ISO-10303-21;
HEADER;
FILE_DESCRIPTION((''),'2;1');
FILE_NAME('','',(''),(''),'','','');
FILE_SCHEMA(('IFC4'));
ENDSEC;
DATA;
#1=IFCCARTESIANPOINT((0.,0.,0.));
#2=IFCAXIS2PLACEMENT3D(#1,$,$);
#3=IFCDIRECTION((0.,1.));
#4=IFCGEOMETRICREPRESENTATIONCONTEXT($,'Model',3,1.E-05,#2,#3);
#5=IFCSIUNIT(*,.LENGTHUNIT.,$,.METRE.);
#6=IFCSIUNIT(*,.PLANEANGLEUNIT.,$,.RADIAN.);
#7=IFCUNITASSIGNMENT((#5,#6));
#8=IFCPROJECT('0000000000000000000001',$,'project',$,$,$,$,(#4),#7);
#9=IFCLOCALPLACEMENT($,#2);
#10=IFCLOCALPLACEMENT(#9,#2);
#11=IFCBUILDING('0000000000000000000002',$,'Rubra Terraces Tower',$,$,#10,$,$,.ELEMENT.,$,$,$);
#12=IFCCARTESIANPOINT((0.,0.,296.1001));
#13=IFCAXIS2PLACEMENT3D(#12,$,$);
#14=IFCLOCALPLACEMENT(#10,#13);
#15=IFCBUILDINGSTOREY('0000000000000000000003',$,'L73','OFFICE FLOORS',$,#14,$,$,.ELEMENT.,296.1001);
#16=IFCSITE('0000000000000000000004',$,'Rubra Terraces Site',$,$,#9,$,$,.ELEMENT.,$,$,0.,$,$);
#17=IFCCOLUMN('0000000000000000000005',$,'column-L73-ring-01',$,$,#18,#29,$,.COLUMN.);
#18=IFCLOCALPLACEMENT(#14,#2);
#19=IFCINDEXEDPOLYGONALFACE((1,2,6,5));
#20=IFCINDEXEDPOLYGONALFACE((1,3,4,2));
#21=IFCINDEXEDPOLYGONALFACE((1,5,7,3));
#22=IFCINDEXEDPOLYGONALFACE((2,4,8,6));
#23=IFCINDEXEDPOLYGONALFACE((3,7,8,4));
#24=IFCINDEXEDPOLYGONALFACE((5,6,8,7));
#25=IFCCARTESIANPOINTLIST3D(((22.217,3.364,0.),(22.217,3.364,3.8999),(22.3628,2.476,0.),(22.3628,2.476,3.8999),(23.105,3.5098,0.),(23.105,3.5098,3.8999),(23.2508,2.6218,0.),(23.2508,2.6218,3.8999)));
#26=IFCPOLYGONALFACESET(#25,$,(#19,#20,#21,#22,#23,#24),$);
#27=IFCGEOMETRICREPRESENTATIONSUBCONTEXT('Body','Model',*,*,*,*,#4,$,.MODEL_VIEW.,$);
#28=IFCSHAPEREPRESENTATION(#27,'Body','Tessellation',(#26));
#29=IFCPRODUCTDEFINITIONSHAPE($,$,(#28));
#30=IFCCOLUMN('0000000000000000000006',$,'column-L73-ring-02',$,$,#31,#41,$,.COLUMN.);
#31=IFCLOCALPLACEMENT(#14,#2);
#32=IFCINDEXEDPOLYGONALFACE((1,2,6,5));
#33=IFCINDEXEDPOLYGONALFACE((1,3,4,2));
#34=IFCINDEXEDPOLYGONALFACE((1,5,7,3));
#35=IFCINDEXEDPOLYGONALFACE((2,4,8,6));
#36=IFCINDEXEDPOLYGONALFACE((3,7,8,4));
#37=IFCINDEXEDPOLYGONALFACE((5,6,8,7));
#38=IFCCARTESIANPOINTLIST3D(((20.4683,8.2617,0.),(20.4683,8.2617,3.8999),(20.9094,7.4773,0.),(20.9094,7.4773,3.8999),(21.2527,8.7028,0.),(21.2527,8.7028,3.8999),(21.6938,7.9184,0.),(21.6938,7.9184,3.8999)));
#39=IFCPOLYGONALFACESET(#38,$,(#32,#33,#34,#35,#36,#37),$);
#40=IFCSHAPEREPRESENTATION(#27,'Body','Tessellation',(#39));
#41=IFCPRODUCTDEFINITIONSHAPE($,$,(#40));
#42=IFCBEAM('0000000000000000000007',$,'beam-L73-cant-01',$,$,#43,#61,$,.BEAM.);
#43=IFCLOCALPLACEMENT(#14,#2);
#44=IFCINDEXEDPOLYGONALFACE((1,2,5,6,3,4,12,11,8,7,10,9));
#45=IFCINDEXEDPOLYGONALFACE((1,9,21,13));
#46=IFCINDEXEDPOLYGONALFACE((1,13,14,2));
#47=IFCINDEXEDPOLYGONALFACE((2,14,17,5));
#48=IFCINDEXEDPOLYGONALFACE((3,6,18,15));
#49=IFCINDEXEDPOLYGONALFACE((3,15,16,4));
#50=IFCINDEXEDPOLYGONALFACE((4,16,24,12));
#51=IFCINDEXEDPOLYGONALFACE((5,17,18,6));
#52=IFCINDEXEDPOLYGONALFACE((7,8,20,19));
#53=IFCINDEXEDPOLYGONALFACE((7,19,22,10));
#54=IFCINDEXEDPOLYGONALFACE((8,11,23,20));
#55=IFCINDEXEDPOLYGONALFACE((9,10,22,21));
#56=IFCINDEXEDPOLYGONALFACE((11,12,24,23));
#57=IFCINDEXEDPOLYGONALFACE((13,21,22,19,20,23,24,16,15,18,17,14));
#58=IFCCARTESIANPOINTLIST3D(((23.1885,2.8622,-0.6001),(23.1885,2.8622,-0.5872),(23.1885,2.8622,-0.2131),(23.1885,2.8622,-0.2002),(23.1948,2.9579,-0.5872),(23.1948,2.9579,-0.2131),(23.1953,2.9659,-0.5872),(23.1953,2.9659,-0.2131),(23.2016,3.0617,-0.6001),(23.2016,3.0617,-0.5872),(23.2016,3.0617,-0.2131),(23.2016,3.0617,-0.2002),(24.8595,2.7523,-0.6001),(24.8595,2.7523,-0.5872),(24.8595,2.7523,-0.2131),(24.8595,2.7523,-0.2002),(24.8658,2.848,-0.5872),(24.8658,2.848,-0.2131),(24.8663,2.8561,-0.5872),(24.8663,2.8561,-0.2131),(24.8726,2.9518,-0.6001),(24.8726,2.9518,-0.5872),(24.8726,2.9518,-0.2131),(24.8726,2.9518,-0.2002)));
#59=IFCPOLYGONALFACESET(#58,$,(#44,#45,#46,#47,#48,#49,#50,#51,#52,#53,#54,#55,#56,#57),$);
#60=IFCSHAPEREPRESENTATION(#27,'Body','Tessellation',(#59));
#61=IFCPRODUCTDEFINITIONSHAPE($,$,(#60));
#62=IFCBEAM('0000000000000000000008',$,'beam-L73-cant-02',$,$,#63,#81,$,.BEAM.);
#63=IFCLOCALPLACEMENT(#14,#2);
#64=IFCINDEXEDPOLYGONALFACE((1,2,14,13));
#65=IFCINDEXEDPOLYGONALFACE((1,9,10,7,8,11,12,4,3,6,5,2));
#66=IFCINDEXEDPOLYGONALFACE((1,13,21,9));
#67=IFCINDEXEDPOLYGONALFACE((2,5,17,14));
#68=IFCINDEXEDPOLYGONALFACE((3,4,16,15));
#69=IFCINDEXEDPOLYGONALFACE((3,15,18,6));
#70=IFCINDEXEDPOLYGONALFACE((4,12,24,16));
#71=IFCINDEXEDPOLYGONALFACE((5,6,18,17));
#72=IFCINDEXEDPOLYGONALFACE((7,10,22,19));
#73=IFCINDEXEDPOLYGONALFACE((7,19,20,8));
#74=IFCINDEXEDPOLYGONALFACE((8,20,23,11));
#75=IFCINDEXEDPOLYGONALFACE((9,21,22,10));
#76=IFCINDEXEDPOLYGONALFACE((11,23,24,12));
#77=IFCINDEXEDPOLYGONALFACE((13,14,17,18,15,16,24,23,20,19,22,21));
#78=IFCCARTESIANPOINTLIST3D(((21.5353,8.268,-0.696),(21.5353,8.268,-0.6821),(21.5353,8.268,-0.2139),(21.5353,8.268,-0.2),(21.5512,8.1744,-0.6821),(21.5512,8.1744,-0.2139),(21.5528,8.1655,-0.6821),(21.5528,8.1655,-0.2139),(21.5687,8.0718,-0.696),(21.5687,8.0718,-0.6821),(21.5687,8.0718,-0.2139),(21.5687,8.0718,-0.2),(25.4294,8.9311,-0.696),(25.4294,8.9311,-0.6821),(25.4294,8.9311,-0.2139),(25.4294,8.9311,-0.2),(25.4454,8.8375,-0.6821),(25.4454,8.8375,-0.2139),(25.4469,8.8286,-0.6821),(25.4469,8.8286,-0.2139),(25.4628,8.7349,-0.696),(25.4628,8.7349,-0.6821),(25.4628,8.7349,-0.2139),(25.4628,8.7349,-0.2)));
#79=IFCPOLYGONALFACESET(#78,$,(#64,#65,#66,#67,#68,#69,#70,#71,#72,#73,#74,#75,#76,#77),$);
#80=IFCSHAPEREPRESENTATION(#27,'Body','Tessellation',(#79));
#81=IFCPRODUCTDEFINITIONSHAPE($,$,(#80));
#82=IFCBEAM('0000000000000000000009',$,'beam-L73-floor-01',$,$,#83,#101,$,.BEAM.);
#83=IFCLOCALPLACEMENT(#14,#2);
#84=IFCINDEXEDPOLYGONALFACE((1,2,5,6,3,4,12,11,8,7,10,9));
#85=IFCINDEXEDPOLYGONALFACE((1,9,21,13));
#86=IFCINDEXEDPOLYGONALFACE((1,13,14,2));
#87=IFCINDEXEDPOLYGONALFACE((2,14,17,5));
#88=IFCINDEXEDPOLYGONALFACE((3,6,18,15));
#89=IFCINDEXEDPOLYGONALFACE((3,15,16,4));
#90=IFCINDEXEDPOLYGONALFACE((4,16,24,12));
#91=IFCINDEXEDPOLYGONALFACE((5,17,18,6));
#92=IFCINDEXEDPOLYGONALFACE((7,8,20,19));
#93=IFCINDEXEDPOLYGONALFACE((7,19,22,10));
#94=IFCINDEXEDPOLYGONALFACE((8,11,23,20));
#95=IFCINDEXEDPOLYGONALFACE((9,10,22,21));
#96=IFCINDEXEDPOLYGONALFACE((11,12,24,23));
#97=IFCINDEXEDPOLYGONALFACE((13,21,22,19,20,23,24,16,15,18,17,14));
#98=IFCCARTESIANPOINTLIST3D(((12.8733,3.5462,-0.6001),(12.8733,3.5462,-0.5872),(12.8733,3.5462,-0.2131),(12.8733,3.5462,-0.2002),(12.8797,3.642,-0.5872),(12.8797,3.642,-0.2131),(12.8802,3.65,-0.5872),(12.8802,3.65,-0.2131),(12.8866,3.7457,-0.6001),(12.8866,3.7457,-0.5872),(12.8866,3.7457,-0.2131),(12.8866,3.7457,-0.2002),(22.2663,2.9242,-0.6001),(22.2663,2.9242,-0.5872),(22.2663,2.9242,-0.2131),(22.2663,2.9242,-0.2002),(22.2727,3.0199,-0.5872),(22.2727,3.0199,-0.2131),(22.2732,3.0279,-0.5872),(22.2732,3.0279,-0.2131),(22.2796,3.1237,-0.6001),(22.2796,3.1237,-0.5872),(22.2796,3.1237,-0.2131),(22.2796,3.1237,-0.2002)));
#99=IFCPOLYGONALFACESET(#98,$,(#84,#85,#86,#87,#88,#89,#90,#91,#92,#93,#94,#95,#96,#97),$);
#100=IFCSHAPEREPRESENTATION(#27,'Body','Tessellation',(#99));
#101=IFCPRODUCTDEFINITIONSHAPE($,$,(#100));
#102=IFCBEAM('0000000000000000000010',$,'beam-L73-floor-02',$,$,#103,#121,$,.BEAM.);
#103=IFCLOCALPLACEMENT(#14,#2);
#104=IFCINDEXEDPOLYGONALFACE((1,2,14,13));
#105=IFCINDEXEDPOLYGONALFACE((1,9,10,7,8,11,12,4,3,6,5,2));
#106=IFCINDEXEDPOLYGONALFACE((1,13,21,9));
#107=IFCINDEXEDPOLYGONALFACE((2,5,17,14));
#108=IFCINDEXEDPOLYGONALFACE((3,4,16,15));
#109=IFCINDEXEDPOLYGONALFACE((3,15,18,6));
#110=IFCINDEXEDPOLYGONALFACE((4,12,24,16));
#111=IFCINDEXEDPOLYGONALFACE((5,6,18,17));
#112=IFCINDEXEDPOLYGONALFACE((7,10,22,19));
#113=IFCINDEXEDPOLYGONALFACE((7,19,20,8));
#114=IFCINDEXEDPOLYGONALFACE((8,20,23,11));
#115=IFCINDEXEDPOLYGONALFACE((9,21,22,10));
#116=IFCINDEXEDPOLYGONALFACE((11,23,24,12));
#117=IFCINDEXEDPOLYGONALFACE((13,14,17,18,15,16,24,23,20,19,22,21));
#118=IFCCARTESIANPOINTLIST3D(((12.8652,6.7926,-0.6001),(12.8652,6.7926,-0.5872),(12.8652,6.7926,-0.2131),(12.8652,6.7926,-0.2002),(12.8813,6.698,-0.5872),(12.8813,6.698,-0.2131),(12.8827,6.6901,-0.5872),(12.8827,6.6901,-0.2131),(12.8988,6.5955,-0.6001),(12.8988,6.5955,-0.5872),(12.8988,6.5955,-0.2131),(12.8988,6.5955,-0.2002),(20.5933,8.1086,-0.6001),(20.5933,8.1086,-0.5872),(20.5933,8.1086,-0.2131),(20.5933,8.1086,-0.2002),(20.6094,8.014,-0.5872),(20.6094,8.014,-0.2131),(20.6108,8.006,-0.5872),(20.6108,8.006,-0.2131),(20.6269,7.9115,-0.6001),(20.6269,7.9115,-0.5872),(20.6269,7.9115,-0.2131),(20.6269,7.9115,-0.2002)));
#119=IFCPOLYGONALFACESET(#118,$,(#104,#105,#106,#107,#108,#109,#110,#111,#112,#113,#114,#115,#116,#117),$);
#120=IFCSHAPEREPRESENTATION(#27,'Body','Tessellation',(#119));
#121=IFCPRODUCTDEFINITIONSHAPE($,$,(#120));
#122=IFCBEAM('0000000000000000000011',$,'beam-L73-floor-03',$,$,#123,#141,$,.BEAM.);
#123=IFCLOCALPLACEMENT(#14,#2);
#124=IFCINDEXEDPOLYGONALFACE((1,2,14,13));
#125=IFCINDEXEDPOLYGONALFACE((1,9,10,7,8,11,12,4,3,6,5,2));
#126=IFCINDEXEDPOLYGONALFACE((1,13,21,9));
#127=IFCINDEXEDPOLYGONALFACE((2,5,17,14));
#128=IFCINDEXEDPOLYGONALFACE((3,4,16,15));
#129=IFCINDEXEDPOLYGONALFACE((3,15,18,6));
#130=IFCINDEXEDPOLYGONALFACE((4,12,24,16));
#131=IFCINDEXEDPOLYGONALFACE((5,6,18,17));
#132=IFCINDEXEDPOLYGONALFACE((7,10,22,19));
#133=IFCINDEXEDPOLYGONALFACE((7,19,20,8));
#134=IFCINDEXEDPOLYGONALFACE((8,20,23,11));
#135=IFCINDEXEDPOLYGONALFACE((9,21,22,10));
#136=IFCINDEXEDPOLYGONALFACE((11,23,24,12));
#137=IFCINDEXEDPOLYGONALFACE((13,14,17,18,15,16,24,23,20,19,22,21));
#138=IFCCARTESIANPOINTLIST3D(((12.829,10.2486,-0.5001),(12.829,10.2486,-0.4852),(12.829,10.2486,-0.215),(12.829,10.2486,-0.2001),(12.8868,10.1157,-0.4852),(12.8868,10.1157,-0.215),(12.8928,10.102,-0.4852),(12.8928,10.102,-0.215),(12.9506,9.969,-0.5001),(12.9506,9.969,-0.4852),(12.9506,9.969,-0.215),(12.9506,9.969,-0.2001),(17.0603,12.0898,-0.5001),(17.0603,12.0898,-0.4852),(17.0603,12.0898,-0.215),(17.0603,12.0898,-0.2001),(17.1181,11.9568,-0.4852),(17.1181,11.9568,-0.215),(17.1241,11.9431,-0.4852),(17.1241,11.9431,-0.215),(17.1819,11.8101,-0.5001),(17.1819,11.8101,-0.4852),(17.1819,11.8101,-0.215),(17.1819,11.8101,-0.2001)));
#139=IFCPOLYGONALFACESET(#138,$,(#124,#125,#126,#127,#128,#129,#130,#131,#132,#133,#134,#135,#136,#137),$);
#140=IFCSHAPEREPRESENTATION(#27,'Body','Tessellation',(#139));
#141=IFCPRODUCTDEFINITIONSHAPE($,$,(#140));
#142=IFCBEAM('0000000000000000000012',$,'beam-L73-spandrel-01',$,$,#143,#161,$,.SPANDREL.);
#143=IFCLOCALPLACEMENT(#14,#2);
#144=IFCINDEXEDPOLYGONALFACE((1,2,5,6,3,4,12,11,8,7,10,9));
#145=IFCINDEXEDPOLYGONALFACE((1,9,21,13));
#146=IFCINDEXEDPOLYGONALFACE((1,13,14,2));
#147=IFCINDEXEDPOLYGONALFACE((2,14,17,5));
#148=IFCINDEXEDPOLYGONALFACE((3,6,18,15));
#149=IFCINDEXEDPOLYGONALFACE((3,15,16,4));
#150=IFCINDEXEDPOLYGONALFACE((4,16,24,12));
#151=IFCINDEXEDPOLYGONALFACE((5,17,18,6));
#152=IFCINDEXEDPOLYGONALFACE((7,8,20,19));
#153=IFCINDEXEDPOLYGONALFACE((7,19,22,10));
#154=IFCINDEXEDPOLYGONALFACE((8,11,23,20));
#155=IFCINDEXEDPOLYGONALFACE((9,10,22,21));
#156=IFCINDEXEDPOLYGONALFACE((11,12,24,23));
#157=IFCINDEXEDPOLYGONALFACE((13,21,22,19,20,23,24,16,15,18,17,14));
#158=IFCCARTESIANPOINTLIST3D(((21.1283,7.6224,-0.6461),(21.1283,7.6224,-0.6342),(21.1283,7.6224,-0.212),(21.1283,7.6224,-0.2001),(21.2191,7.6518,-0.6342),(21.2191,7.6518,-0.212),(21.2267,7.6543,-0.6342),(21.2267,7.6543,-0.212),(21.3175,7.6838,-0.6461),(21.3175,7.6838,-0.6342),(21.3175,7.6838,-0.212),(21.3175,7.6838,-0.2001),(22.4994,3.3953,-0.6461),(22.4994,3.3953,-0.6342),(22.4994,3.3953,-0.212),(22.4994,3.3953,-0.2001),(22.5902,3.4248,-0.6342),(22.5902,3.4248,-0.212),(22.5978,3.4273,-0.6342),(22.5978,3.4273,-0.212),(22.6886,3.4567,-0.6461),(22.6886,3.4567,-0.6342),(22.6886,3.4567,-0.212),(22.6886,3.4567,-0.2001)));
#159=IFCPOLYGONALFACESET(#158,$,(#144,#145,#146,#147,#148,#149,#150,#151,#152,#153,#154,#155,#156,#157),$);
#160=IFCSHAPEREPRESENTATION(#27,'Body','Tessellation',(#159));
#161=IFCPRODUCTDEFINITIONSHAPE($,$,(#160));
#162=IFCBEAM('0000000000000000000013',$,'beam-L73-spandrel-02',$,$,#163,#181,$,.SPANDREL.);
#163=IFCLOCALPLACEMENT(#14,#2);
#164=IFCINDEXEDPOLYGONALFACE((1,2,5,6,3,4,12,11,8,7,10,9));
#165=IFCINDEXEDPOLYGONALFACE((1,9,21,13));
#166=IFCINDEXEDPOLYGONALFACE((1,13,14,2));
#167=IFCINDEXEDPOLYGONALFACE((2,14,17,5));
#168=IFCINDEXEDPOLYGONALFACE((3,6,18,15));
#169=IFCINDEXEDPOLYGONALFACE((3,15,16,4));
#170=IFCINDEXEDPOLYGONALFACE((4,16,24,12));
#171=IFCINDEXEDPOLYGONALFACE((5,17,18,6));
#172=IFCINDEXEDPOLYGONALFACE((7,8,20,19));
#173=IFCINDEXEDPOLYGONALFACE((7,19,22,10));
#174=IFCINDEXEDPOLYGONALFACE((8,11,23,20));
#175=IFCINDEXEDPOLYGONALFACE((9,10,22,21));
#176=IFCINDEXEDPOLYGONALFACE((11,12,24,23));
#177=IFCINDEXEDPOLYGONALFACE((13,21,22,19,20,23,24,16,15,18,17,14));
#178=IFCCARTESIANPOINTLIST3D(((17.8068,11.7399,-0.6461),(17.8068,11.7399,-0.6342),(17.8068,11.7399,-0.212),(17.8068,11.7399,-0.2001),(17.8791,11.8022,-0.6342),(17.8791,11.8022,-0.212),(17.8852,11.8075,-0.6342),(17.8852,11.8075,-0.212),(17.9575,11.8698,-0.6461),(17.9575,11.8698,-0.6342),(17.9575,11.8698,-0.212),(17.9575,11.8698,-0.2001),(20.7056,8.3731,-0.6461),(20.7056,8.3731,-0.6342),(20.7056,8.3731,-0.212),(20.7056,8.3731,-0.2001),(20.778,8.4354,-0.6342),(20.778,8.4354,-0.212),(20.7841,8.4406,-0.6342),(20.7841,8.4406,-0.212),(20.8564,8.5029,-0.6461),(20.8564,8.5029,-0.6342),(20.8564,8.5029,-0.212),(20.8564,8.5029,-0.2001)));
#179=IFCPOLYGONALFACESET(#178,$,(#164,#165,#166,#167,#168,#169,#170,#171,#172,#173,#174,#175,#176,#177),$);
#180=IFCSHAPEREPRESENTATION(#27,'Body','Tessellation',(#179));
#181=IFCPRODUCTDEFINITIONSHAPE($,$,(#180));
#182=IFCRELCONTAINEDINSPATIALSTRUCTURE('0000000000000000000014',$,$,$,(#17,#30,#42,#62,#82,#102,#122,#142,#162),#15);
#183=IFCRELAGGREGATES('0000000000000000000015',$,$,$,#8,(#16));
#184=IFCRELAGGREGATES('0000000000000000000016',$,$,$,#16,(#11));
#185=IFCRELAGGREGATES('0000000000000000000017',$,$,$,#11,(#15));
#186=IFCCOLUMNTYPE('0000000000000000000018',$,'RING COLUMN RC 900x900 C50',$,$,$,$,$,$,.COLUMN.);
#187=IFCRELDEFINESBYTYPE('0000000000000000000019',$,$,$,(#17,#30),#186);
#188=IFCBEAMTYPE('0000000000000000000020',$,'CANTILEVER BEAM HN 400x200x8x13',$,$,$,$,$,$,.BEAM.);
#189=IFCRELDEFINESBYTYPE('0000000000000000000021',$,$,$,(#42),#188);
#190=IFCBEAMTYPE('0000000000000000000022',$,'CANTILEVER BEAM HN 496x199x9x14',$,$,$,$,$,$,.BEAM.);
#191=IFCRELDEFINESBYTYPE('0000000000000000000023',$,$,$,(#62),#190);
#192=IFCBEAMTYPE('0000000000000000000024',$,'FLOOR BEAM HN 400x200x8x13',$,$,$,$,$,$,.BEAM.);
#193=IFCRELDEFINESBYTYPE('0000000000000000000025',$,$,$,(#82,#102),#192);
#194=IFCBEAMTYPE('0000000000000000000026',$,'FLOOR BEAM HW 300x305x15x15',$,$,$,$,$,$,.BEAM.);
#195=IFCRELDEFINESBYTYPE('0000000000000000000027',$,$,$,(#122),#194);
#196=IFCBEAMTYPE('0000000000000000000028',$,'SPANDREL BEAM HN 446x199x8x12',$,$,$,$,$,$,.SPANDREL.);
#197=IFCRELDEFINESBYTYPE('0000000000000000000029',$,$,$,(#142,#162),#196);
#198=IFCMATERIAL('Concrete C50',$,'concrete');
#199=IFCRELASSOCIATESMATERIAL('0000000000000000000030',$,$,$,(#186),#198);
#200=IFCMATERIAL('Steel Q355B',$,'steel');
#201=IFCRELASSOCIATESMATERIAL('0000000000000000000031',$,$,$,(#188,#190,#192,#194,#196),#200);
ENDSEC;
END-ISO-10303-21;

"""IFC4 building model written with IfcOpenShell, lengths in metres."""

from ifc_helpers import new_model, si_unit, direction, frame, origin, origin_2d, place, context, subcontext, project, spatial, rectangle, i_section, extrude, material, material_profile, profile_set, type_object, element, save


model = new_model("IFC4")

# Units and contexts
model_context = context("Model", 3, precision=1e-05, world=origin(), true_north=direction((0.0, 1.0)))
body_context = subcontext(model_context, "Body", "Model", "MODEL_VIEW")
ifc_project = project(units=[si_unit("LENGTHUNIT", "METRE"), si_unit("PLANEANGLEUNIT", "RADIAN")], contexts=[model_context])

# Site, building, storey
site_placement = place(None, origin())
site = spatial("IfcSite", under=ifc_project, at=site_placement, Name="Rubra Terraces Site", CompositionType="ELEMENT", RefElevation=0.0)
building_placement = place(site_placement, origin())
building = spatial("IfcBuilding", under=site, at=building_placement, Name="Rubra Terraces Tower", CompositionType="ELEMENT")
storey_placement = place(building_placement, frame((0.0, 0.0, 296.1001)))
storey = spatial("IfcBuildingStorey", under=building, at=storey_placement, Name="L73", Description="OFFICE FLOORS", CompositionType="ELEMENT", Elevation=296.1001)

# Columns
ifc_material_1 = material(Name="Concrete C50", Category="concrete")
ifc_material_profile_1 = material_profile(ifc_material_1, rectangle(XDim=0.8999, YDim=0.8999, at=origin_2d()), Name="RC 900x900")
ifc_profile_set_1 = profile_set([ifc_material_profile_1], Name="Concrete C50")
column_type = type_object("IfcColumnType", Name="RING COLUMN RC 900x900 C50", PredefinedType="COLUMN", material=ifc_profile_set_1)
for number, where, z_axis, x_axis, name in (
    (1, (22.7339, 2.9929, 0.0), (0.0, 0.0, 1.0), (-0.162062, 0.986781, 0.0), "column-L73-ring-01"),
    (2, (21.0811, 8.0901, 0.0), (0.0, 0.0, 1.0), (-0.490162, 0.871631, 0.0), "column-L73-ring-02"),
):
    element("IfcColumn", number, at=place(storey_placement, frame(where, z_axis=z_axis, x_axis=x_axis)), inside=storey, type_object=column_type, Name=name, PredefinedType="COLUMN", context=body_context, shape_type="SweptSolid", body=[
        extrude(rectangle(XDim=0.8999, YDim=0.8999, at=origin_2d()), origin(), (0.0, 0.0, 1.0), 3.8999),
    ])

# Beams
ifc_material_2 = material(Name="Steel Q355B", Category="steel")
ifc_material_profile_2 = material_profile(ifc_material_2, i_section(OverallWidth=0.2, OverallDepth=0.3999, WebThickness=0.0081, FlangeThickness=0.0129, at=origin_2d()), Name="HN 400x200x8x13")
ifc_profile_set_2 = profile_set([ifc_material_profile_2], Name="Steel Q355B")
beam_type_1 = type_object("IfcBeamType", Name="CANTILEVER BEAM HN 400x200x8x13", PredefinedType="BEAM", material=ifc_profile_set_2)
beam_1_placement = place(storey_placement, frame((23.1951, 2.9619, -0.4001), z_axis=(0.997845, -0.065609, 0.0), x_axis=(0.065609, 0.997845, 0.0)))
element("IfcBeam", 3, at=beam_1_placement, inside=storey, type_object=beam_type_1, Name="beam-L73-cant-01", PredefinedType="BEAM", context=body_context, shape_type="SweptSolid", body=[
    extrude(i_section(OverallWidth=0.2, OverallDepth=0.3999, WebThickness=0.0081, FlangeThickness=0.0129, at=origin_2d()), origin(), (0.0, 0.0, 1.0), 1.6746),
])
ifc_material_profile_3 = material_profile(ifc_material_2, i_section(OverallWidth=0.199, OverallDepth=0.4961, WebThickness=0.009, FlangeThickness=0.0139, at=origin_2d()), Name="HN 496x199x9x14")
ifc_profile_set_3 = profile_set([ifc_material_profile_3], Name="Steel Q355B")
beam_type_2 = type_object("IfcBeamType", Name="CANTILEVER BEAM HN 496x199x9x14", PredefinedType="BEAM", material=ifc_profile_set_3)
beam_2_placement = place(storey_placement, frame((21.552, 8.1699, -0.448), z_axis=(0.98581, 0.167866, 0.0), x_axis=(-0.167866, 0.98581, 0.0)))
element("IfcBeam", 4, at=beam_2_placement, inside=storey, type_object=beam_type_2, Name="beam-L73-cant-02", PredefinedType="BEAM", context=body_context, shape_type="SweptSolid", body=[
    extrude(i_section(OverallWidth=0.199, OverallDepth=0.4961, WebThickness=0.009, FlangeThickness=0.0139, at=origin_2d()), origin(), (0.0, 0.0, 1.0), 3.9502),
])
ifc_material_profile_4 = material_profile(ifc_material_2, i_section(OverallWidth=0.2, OverallDepth=0.3999, WebThickness=0.0081, FlangeThickness=0.0129, at=origin_2d()), Name="HN 400x200x8x13")
ifc_profile_set_4 = profile_set([ifc_material_profile_4], Name="Steel Q355B")
beam_type_3 = type_object("IfcBeamType", Name="FLOOR BEAM HN 400x200x8x13", PredefinedType="BEAM", material=ifc_profile_set_4)
beam_3_placement = place(storey_placement, frame((22.2729, 3.0239, -0.4001), z_axis=(-0.997814, 0.066082, 0.0), x_axis=(-0.066082, -0.997814, 0.0)))
element("IfcBeam", 5, at=beam_3_placement, inside=storey, type_object=beam_type_3, Name="beam-L73-floor-01", PredefinedType="BEAM", context=body_context, shape_type="SweptSolid", body=[
    extrude(i_section(OverallWidth=0.2, OverallDepth=0.3999, WebThickness=0.0081, FlangeThickness=0.0129, at=origin_2d()), origin(), (0.0, 0.0, 1.0), 9.4136),
])
beam_4_placement = place(storey_placement, frame((20.6101, 8.01, -0.4001), z_axis=(-0.98581, -0.167862, 0.0), x_axis=(0.167862, -0.98581, 0.0)))
element("IfcBeam", 6, at=beam_4_placement, inside=storey, type_object=beam_type_3, Name="beam-L73-floor-02", PredefinedType="BEAM", context=body_context, shape_type="SweptSolid", body=[
    extrude(i_section(OverallWidth=0.2, OverallDepth=0.3999, WebThickness=0.0081, FlangeThickness=0.0129, at=origin_2d()), origin(), (0.0, 0.0, 1.0), 7.8394),
])
ifc_material_profile_5 = material_profile(ifc_material_2, i_section(OverallWidth=0.3049, OverallDepth=0.3, WebThickness=0.0149, FlangeThickness=0.0149, at=origin_2d()), Name="HW 300x305x15x15")
ifc_profile_set_5 = profile_set([ifc_material_profile_5], Name="Steel Q355B")
beam_type_4 = type_object("IfcBeamType", Name="FLOOR BEAM HW 300x305x15x15", PredefinedType="BEAM", material=ifc_profile_set_5)
beam_5_placement = place(storey_placement, frame((17.1211, 11.95, -0.3501), z_axis=(-0.916958, -0.398983, 0.0), x_axis=(0.398983, -0.916958, 0.0)))
element("IfcBeam", 7, at=beam_5_placement, inside=storey, type_object=beam_type_4, Name="beam-L73-floor-03", PredefinedType="BEAM", context=body_context, shape_type="SweptSolid", body=[
    extrude(i_section(OverallWidth=0.3049, OverallDepth=0.3, WebThickness=0.0149, FlangeThickness=0.0149, at=origin_2d()), origin(), (0.0, 0.0, 1.0), 4.6145),
])
ifc_material_profile_6 = material_profile(ifc_material_2, i_section(OverallWidth=0.199, OverallDepth=0.446, WebThickness=0.0081, FlangeThickness=0.012, at=origin_2d()), Name="HN 446x199x8x12")
ifc_profile_set_6 = profile_set([ifc_material_profile_6], Name="Steel Q355B")
beam_type_5 = type_object("IfcBeamType", Name="SPANDREL BEAM HN 446x199x8x12", PredefinedType="SPANDREL", material=ifc_profile_set_6)
beam_6_placement = place(storey_placement, frame((22.594, 3.426, -0.4231), z_axis=(-0.308537, 0.951212, 0.0), x_axis=(-0.951212, -0.308537, 0.0)))
element("IfcBeam", 8, at=beam_6_placement, inside=storey, type_object=beam_type_5, Name="beam-L73-spandrel-01", PredefinedType="SPANDREL", context=body_context, shape_type="SweptSolid", body=[
    extrude(i_section(OverallWidth=0.199, OverallDepth=0.446, WebThickness=0.0081, FlangeThickness=0.012, at=origin_2d()), origin(), (0.0, 0.0, 1.0), 4.4438),
])
beam_7_placement = place(storey_placement, frame((20.781, 8.438, -0.4231), z_axis=(-0.652473, 0.757812, 0.0), x_axis=(-0.757812, -0.652473, 0.0)))
element("IfcBeam", 9, at=beam_7_placement, inside=storey, type_object=beam_type_5, Name="beam-L73-spandrel-02", PredefinedType="SPANDREL", context=body_context, shape_type="SweptSolid", body=[
    extrude(i_section(OverallWidth=0.199, OverallDepth=0.446, WebThickness=0.0081, FlangeThickness=0.012, at=origin_2d()), origin(), (0.0, 0.0, 1.0), 4.4429),
])

save(model, "model.ifc")
